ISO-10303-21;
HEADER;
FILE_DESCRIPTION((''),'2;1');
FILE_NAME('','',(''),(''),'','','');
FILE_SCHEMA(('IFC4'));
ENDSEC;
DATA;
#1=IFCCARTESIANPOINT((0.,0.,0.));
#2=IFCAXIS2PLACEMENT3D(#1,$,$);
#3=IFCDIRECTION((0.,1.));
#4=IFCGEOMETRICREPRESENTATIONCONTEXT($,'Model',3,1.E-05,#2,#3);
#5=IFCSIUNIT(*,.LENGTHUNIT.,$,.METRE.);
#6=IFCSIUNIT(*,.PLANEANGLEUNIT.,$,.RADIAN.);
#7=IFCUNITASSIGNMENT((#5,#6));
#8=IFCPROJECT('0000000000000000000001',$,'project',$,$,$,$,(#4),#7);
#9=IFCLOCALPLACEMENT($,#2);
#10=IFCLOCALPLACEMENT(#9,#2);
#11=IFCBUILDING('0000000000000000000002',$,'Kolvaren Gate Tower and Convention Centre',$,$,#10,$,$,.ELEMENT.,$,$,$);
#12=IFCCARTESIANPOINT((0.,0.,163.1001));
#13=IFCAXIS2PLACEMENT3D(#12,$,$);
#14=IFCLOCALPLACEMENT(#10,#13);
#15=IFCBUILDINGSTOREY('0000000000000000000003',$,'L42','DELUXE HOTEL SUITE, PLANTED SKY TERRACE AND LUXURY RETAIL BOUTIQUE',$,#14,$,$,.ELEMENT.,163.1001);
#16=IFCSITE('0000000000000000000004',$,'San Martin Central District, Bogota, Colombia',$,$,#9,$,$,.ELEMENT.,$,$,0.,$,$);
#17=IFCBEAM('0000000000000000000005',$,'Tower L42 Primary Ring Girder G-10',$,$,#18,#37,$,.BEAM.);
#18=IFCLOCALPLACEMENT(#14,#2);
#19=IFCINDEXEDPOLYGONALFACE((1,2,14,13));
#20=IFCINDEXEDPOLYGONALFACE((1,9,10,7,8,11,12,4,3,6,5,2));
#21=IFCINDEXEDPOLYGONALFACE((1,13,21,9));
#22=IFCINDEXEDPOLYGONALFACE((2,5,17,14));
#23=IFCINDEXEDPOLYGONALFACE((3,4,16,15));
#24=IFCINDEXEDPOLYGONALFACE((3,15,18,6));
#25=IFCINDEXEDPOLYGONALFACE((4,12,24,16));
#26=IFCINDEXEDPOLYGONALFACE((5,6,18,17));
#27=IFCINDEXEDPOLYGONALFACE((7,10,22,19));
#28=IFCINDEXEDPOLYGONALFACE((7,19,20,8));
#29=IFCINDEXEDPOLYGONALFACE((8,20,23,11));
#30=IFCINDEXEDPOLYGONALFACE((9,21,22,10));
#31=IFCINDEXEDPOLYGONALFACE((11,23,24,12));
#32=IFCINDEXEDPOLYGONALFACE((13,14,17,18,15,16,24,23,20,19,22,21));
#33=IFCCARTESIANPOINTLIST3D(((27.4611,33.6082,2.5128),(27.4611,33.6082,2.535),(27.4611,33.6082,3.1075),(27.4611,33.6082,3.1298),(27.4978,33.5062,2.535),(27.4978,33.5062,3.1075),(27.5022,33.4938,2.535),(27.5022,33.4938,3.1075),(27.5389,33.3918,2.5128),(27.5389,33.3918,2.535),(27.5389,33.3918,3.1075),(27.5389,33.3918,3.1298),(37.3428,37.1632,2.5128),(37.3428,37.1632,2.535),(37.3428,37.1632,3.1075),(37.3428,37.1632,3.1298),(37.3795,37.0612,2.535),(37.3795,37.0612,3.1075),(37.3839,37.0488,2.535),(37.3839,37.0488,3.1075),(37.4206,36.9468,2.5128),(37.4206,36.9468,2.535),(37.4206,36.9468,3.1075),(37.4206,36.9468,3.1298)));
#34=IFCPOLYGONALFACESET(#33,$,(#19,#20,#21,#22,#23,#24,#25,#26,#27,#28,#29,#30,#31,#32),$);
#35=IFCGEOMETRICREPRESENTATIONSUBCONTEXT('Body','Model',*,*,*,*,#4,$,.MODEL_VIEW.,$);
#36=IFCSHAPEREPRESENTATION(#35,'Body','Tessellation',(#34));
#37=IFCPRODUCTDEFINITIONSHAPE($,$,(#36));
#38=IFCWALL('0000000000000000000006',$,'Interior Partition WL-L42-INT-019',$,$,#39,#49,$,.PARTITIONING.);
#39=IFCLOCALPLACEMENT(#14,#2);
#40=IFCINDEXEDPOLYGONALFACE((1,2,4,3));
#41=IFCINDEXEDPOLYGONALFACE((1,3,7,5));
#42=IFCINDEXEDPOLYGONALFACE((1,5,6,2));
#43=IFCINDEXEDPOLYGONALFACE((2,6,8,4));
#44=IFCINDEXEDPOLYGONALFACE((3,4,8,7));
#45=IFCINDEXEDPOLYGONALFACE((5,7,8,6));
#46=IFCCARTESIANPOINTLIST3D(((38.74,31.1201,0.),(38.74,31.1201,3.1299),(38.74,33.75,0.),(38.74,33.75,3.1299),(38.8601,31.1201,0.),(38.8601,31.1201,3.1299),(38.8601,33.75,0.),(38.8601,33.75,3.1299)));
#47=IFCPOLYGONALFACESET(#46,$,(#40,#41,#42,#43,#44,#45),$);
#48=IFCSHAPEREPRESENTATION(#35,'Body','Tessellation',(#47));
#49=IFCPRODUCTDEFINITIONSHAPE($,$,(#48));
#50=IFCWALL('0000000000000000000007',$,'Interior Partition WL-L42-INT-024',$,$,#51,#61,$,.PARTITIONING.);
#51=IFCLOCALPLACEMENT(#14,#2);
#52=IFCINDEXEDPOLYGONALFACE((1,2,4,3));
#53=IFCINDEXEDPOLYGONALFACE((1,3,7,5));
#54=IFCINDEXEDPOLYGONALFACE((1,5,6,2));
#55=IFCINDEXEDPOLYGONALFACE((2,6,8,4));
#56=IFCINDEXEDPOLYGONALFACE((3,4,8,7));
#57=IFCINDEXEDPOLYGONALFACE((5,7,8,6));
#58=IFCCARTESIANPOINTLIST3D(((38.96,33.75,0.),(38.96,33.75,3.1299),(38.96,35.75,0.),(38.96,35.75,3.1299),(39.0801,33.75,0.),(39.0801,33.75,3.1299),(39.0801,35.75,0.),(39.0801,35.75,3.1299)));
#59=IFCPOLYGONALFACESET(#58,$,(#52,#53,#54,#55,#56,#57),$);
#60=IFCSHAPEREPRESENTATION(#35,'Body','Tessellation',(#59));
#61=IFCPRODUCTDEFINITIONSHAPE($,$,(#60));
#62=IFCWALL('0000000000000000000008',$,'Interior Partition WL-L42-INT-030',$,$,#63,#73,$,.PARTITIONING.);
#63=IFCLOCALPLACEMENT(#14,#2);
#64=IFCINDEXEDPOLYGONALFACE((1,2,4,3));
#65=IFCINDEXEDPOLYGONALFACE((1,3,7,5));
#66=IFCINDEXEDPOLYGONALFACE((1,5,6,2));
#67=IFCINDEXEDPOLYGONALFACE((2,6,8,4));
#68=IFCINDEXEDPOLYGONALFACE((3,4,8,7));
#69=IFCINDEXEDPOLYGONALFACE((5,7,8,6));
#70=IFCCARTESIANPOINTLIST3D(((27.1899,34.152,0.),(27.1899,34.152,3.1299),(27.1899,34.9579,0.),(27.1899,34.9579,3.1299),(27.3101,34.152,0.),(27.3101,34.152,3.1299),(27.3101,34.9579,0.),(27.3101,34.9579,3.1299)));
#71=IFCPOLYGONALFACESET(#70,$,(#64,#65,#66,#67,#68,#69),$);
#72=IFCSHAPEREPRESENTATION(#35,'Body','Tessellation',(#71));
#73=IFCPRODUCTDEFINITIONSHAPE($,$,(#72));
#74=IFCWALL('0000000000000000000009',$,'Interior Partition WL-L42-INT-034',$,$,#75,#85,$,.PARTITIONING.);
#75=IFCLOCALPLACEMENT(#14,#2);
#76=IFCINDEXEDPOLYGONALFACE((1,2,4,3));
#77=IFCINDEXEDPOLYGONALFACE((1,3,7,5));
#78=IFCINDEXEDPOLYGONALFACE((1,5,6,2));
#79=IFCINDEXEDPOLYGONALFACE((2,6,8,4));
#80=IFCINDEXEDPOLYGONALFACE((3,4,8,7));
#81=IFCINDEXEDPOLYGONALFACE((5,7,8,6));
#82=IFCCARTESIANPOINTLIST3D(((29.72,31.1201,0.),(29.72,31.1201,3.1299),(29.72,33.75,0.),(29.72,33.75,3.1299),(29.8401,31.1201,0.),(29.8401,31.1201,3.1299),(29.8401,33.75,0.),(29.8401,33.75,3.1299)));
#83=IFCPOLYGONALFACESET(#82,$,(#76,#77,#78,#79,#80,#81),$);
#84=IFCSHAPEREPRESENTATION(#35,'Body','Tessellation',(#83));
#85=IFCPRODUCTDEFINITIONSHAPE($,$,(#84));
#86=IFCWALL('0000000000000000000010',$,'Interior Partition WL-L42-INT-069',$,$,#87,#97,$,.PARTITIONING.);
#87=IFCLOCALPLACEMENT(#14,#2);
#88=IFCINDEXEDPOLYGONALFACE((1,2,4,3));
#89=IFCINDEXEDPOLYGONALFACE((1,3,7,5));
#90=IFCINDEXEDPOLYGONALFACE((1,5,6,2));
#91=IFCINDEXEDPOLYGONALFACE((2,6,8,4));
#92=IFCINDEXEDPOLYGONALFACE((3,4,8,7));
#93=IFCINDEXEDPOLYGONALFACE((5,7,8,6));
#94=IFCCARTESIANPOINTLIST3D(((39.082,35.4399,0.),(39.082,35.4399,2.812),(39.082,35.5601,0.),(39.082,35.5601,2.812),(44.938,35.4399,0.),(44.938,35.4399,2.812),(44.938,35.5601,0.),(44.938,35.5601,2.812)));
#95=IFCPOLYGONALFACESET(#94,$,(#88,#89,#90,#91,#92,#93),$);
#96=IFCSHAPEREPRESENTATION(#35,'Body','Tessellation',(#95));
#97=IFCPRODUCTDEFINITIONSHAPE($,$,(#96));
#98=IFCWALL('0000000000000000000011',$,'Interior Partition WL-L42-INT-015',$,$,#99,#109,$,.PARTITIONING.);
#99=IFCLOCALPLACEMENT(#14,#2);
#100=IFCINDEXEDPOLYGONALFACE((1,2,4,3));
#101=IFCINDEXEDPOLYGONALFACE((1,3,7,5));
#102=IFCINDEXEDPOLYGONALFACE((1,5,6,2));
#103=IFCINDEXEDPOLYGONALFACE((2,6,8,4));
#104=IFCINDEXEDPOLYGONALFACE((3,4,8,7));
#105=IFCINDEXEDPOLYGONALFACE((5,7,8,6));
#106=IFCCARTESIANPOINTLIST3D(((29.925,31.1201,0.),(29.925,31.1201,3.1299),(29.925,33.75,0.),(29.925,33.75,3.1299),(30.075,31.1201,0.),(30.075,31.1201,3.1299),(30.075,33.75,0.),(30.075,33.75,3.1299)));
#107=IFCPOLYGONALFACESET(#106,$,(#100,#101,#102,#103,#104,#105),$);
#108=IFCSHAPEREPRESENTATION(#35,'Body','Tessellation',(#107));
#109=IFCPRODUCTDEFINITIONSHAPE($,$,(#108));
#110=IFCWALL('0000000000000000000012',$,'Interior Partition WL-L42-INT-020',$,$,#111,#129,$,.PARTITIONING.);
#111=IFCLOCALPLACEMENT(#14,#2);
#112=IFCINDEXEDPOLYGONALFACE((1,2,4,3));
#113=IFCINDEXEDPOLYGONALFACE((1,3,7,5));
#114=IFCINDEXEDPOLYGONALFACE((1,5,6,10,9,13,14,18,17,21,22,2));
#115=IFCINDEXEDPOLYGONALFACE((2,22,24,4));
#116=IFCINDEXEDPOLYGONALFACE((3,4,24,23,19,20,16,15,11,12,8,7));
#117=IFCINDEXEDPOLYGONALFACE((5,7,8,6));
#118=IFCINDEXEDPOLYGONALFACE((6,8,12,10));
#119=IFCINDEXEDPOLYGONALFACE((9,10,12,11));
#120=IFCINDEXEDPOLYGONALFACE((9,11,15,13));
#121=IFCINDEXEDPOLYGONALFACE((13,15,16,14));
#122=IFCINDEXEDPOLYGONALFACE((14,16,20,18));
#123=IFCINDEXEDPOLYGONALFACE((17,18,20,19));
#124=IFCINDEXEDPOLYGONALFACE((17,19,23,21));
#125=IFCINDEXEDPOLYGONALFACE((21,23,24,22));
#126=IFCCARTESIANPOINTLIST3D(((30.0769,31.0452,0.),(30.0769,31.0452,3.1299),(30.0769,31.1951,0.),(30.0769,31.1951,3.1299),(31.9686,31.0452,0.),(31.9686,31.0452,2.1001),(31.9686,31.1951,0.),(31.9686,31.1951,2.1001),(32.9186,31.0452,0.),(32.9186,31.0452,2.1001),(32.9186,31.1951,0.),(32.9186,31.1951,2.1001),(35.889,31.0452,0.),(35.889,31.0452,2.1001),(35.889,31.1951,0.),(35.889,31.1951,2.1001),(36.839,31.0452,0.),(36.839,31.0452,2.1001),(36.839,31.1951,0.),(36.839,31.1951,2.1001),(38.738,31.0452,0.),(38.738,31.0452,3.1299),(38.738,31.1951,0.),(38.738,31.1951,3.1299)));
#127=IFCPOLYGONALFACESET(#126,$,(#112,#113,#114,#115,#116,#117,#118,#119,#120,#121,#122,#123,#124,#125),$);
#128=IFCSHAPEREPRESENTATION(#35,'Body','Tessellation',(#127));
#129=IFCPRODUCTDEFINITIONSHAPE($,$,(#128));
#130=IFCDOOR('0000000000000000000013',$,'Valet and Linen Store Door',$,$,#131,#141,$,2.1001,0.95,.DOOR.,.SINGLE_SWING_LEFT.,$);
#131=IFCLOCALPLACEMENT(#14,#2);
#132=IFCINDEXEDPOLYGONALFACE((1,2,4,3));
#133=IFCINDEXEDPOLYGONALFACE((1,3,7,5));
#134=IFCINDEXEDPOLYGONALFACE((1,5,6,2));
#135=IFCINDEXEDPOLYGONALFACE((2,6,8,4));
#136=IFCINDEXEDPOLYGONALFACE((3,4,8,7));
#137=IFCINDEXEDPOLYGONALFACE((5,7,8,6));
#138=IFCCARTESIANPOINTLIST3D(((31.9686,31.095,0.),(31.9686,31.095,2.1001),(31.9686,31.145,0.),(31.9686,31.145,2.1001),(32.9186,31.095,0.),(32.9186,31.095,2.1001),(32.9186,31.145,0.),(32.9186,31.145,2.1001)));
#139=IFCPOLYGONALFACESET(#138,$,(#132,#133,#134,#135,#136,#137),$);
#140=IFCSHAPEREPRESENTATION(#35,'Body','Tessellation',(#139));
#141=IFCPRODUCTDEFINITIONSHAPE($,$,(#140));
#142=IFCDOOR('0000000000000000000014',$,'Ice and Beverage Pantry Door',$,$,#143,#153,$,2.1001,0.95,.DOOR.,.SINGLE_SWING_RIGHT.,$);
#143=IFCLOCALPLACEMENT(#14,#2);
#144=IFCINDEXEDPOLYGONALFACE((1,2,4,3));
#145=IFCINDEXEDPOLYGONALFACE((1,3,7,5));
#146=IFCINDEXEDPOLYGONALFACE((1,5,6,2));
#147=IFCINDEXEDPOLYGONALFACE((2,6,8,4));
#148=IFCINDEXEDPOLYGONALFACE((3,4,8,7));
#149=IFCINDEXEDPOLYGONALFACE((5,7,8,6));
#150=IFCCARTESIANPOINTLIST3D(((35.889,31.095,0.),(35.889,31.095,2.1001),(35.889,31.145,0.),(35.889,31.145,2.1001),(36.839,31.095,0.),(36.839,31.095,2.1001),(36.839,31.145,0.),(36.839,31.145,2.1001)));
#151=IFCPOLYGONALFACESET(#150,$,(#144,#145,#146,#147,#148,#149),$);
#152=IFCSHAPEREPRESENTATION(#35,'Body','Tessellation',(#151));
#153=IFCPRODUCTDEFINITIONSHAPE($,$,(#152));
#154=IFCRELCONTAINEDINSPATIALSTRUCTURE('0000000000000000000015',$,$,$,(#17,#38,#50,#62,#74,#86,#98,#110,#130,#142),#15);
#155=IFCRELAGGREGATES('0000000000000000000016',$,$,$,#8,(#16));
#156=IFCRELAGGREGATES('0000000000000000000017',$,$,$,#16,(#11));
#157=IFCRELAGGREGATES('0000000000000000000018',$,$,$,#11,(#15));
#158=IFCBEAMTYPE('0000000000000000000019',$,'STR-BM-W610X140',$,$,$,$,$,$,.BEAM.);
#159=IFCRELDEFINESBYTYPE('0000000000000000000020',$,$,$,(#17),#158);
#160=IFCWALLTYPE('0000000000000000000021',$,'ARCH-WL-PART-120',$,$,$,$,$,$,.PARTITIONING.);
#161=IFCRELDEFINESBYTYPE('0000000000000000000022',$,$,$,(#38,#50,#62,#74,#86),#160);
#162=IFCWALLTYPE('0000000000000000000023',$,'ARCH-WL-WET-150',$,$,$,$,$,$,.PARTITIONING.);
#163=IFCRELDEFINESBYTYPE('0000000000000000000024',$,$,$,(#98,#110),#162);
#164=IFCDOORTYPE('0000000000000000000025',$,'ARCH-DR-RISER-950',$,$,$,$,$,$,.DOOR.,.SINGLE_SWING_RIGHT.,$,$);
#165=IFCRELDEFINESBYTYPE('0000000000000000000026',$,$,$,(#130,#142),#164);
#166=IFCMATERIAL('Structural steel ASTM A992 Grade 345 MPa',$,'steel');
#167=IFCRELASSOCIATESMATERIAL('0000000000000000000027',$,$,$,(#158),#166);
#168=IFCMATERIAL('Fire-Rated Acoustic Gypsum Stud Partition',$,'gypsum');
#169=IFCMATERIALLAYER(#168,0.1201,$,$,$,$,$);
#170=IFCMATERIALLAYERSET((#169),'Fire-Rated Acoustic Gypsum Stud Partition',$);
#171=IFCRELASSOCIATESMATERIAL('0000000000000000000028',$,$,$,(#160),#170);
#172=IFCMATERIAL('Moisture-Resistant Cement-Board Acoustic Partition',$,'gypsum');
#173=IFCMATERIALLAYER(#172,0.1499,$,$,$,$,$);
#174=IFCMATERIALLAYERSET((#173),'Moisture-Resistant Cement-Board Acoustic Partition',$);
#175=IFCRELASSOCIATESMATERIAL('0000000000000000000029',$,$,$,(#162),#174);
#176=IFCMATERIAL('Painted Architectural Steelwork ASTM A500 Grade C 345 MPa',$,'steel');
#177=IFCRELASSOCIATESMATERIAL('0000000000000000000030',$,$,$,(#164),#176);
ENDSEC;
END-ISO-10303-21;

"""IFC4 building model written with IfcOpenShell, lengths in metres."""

from ifc_helpers import new_model, si_unit, direction, frame, frame_2d, origin, origin_2d, place, context, subcontext, project, spatial, rectangle, i_section, extrude, material, layer, layer_set, material_profile, profile_set, type_object, element, fill, save


model = new_model("IFC4")

# Units and contexts
model_context = context("Model", 3, precision=1e-05, world=origin(), true_north=direction((0.0, 1.0)))
body_context = subcontext(model_context, "Body", "Model", "MODEL_VIEW")
ifc_project = project(units=[si_unit("LENGTHUNIT", "METRE"), si_unit("PLANEANGLEUNIT", "RADIAN")], contexts=[model_context])

# Site, building, storey
site_placement = place(None, origin())
site = spatial("IfcSite", under=ifc_project, at=site_placement, Name="San Martin Central District, Bogota, Colombia", CompositionType="ELEMENT", RefElevation=0.0)
building_placement = place(site_placement, origin())
building = spatial("IfcBuilding", under=site, at=building_placement, Name="Kolvaren Gate Tower and Convention Centre", CompositionType="ELEMENT")
storey_placement = place(building_placement, frame((0.0, 0.0, 163.1001)))
storey = spatial("IfcBuildingStorey", under=building, at=storey_placement, Name="L42", Description="DELUXE HOTEL SUITE, PLANTED SKY TERRACE AND LUXURY RETAIL BOUTIQUE", CompositionType="ELEMENT", Elevation=163.1001)

# Beam
ifc_material_1 = material(Name="Structural steel ASTM A992 Grade 345 MPa", Category="steel")
ifc_material_profile = material_profile(ifc_material_1, i_section(OverallWidth=0.23, OverallDepth=0.6169, WebThickness=0.0132, FlangeThickness=0.0222, at=origin_2d()), Name="W610X140")
ifc_profile_set = profile_set([ifc_material_profile], Name="Structural steel ASTM A992 Grade 345 MPa")
beam_type = type_object("IfcBeamType", Name="STR-BM-W610X140", PredefinedType="BEAM", material=ifc_profile_set)
beam_placement = place(storey_placement, frame((27.5, 33.5, 2.8213), z_axis=(0.940961, 0.338514, 0.0), x_axis=(-0.338514, 0.940961, 0.0)))
element("IfcBeam", 1, at=beam_placement, inside=storey, type_object=beam_type, Name="Tower L42 Primary Ring Girder G-10", PredefinedType="BEAM", context=body_context, shape_type="SweptSolid", body=[
    extrude(i_section(OverallWidth=0.23, OverallDepth=0.6169, WebThickness=0.0132, FlangeThickness=0.0222, at=origin_2d()), origin(), (0.0, 0.0, 1.0), 10.5017),
])

# Walls
ifc_material_2 = material(Name="Fire-Rated Acoustic Gypsum Stud Partition", Category="gypsum")
ifc_layer_1 = layer(ifc_material_2, 0.1201)
ifc_layer_set_1 = layer_set([ifc_layer_1], Name="Fire-Rated Acoustic Gypsum Stud Partition")
wall_type_1 = type_object("IfcWallType", Name="ARCH-WL-PART-120", PredefinedType="PARTITIONING", material=ifc_layer_set_1)
wall_1_placement = place(storey_placement, frame((38.8, 31.1201, 0.0), z_axis=(0.0, 0.0, 1.0), x_axis=(0.0, 1.0, 0.0)))
element("IfcWall", 2, at=wall_1_placement, inside=storey, type_object=wall_type_1, Name="Interior Partition WL-L42-INT-019", PredefinedType="PARTITIONING", context=body_context, shape_type="SweptSolid", body=[
    extrude(rectangle(XDim=2.6299, YDim=0.1201, at=frame_2d((1.3149, 0.0))), origin(), (0.0, 0.0, 1.0), 3.1299),
])
wall_2_placement = place(storey_placement, frame((39.02, 33.75, 0.0), z_axis=(0.0, 0.0, 1.0), x_axis=(0.0, 1.0, 0.0)))
element("IfcWall", 3, at=wall_2_placement, inside=storey, type_object=wall_type_1, Name="Interior Partition WL-L42-INT-024", PredefinedType="PARTITIONING", context=body_context, shape_type="SweptSolid", body=[
    extrude(rectangle(XDim=2.0, YDim=0.1201, at=frame_2d((1.0, 0.0))), origin(), (0.0, 0.0, 1.0), 3.1299),
])
wall_3_placement = place(storey_placement, frame((27.25, 34.1521, 0.0), z_axis=(0.0, 0.0, 1.0), x_axis=(0.0, 1.0, 0.0)))
element("IfcWall", 4, at=wall_3_placement, inside=storey, type_object=wall_type_1, Name="Interior Partition WL-L42-INT-030", PredefinedType="PARTITIONING", context=body_context, shape_type="SweptSolid", body=[
    extrude(rectangle(XDim=0.8059, YDim=0.1201, at=frame_2d((0.4028, 0.0))), origin(), (0.0, 0.0, 1.0), 3.1299),
])
wall_4_placement = place(storey_placement, frame((29.78, 31.1201, 0.0), z_axis=(0.0, 0.0, 1.0), x_axis=(0.0, 1.0, 0.0)))
element("IfcWall", 5, at=wall_4_placement, inside=storey, type_object=wall_type_1, Name="Interior Partition WL-L42-INT-034", PredefinedType="PARTITIONING", context=body_context, shape_type="SweptSolid", body=[
    extrude(rectangle(XDim=2.6299, YDim=0.1201, at=frame_2d((1.3149, 0.0))), origin(), (0.0, 0.0, 1.0), 3.1299),
])
wall_5_placement = place(storey_placement, frame((39.082, 35.5, 0.0), z_axis=(0.0, 0.0, 1.0), x_axis=(1.0, 0.0, 0.0)))
element("IfcWall", 6, at=wall_5_placement, inside=storey, type_object=wall_type_1, Name="Interior Partition WL-L42-INT-069", PredefinedType="PARTITIONING", context=body_context, shape_type="SweptSolid", body=[
    extrude(rectangle(XDim=5.856, YDim=0.1201, at=frame_2d((2.928, 0.0))), origin(), (0.0, 0.0, 1.0), 2.812),
])
ifc_material_3 = material(Name="Moisture-Resistant Cement-Board Acoustic Partition", Category="gypsum")
ifc_layer_2 = layer(ifc_material_3, 0.1499)
ifc_layer_set_2 = layer_set([ifc_layer_2], Name="Moisture-Resistant Cement-Board Acoustic Partition")
wall_type_2 = type_object("IfcWallType", Name="ARCH-WL-WET-150", PredefinedType="PARTITIONING", material=ifc_layer_set_2)
wall_6_placement = place(storey_placement, frame((30.0, 31.1201, 0.0), z_axis=(0.0, 0.0, 1.0), x_axis=(0.0, 1.0, 0.0)))
element("IfcWall", 7, at=wall_6_placement, inside=storey, type_object=wall_type_2, Name="Interior Partition WL-L42-INT-015", PredefinedType="PARTITIONING", context=body_context, shape_type="SweptSolid", body=[
    extrude(rectangle(XDim=2.6299, YDim=0.1499, at=frame_2d((1.3149, 0.0))), origin(), (0.0, 0.0, 1.0), 3.1299),
])

# Wall, openings, doors
wall_7_placement = place(storey_placement, frame((30.0769, 31.1201, 0.0), z_axis=(0.0, 0.0, 1.0), x_axis=(1.0, 0.0, 0.0)))
wall_7 = element("IfcWall", 8, at=wall_7_placement, inside=storey, type_object=wall_type_2, Name="Interior Partition WL-L42-INT-020", PredefinedType="PARTITIONING", context=body_context, shape_type="SweptSolid", body=[
    extrude(rectangle(XDim=8.6611, YDim=0.1499, at=frame_2d((4.3306, 0.0))), origin(), (0.0, 0.0, 1.0), 3.1299),
])
opening_1_placement = place(wall_7_placement, frame((1.8916, 0.0, 0.0)))
opening_1 = element("IfcOpeningElement", 9, at=opening_1_placement, cuts=wall_7, PredefinedType="OPENING", context=body_context, shape_type="SweptSolid", body=[
    extrude(rectangle(XDim=0.95, YDim=2.1001, at=frame_2d((0.4751, 1.05))), frame((0.0, 0.085, 0.0), z_axis=(0.0, -1.0, 0.0), x_axis=(1.0, 0.0, 0.0)), (0.0, 0.0, 1.0), 0.1699),
])
opening_2_placement = place(wall_7_placement, frame((5.812, 0.0, 0.0)))
opening_2 = element("IfcOpeningElement", 10, at=opening_2_placement, cuts=wall_7, PredefinedType="OPENING", context=body_context, shape_type="SweptSolid", body=[
    extrude(rectangle(XDim=0.95, YDim=2.1001, at=frame_2d((0.4751, 1.05))), frame((0.0, 0.085, 0.0), z_axis=(0.0, -1.0, 0.0), x_axis=(1.0, 0.0, 0.0)), (0.0, 0.0, 1.0), 0.1699),
])
ifc_material_4 = material(Name="Painted Architectural Steelwork ASTM A500 Grade C 345 MPa", Category="steel")
door_type_1 = type_object("IfcDoorType", Name="ARCH-DR-RISER-950", OperationType="SINGLE_SWING_RIGHT", PredefinedType="DOOR", material=ifc_material_4)
door_1_placement = place(opening_1_placement, origin())
door_1 = element("IfcDoor", 11, at=door_1_placement, inside=storey, type_object=door_type_1, Name="Valet and Linen Store Door", OperationType="SINGLE_SWING_LEFT", OverallHeight=2.1001, OverallWidth=0.95, PredefinedType="DOOR", context=body_context, shape_type="SweptSolid", body=[
    extrude(rectangle(XDim=0.95, YDim=2.1001, at=frame_2d((0.4751, 1.05))), frame((0.0, 0.0249, 0.0), z_axis=(0.0, -1.0, 0.0), x_axis=(1.0, 0.0, 0.0)), (0.0, 0.0, 1.0), 0.05),
])
fill(opening_1, door_1)
door_2_placement = place(opening_2_placement, origin())
door_2 = element("IfcDoor", 12, at=door_2_placement, inside=storey, type_object=door_type_1, Name="Ice and Beverage Pantry Door", OperationType="SINGLE_SWING_RIGHT", OverallHeight=2.1001, OverallWidth=0.95, PredefinedType="DOOR", context=body_context, shape_type="SweptSolid", body=[
    extrude(rectangle(XDim=0.95, YDim=2.1001, at=frame_2d((0.4751, 1.05))), frame((0.0, 0.0249, 0.0), z_axis=(0.0, -1.0, 0.0), x_axis=(1.0, 0.0, 0.0)), (0.0, 0.0, 1.0), 0.05),
])
fill(opening_2, door_2)

save(model, "model.ifc")
